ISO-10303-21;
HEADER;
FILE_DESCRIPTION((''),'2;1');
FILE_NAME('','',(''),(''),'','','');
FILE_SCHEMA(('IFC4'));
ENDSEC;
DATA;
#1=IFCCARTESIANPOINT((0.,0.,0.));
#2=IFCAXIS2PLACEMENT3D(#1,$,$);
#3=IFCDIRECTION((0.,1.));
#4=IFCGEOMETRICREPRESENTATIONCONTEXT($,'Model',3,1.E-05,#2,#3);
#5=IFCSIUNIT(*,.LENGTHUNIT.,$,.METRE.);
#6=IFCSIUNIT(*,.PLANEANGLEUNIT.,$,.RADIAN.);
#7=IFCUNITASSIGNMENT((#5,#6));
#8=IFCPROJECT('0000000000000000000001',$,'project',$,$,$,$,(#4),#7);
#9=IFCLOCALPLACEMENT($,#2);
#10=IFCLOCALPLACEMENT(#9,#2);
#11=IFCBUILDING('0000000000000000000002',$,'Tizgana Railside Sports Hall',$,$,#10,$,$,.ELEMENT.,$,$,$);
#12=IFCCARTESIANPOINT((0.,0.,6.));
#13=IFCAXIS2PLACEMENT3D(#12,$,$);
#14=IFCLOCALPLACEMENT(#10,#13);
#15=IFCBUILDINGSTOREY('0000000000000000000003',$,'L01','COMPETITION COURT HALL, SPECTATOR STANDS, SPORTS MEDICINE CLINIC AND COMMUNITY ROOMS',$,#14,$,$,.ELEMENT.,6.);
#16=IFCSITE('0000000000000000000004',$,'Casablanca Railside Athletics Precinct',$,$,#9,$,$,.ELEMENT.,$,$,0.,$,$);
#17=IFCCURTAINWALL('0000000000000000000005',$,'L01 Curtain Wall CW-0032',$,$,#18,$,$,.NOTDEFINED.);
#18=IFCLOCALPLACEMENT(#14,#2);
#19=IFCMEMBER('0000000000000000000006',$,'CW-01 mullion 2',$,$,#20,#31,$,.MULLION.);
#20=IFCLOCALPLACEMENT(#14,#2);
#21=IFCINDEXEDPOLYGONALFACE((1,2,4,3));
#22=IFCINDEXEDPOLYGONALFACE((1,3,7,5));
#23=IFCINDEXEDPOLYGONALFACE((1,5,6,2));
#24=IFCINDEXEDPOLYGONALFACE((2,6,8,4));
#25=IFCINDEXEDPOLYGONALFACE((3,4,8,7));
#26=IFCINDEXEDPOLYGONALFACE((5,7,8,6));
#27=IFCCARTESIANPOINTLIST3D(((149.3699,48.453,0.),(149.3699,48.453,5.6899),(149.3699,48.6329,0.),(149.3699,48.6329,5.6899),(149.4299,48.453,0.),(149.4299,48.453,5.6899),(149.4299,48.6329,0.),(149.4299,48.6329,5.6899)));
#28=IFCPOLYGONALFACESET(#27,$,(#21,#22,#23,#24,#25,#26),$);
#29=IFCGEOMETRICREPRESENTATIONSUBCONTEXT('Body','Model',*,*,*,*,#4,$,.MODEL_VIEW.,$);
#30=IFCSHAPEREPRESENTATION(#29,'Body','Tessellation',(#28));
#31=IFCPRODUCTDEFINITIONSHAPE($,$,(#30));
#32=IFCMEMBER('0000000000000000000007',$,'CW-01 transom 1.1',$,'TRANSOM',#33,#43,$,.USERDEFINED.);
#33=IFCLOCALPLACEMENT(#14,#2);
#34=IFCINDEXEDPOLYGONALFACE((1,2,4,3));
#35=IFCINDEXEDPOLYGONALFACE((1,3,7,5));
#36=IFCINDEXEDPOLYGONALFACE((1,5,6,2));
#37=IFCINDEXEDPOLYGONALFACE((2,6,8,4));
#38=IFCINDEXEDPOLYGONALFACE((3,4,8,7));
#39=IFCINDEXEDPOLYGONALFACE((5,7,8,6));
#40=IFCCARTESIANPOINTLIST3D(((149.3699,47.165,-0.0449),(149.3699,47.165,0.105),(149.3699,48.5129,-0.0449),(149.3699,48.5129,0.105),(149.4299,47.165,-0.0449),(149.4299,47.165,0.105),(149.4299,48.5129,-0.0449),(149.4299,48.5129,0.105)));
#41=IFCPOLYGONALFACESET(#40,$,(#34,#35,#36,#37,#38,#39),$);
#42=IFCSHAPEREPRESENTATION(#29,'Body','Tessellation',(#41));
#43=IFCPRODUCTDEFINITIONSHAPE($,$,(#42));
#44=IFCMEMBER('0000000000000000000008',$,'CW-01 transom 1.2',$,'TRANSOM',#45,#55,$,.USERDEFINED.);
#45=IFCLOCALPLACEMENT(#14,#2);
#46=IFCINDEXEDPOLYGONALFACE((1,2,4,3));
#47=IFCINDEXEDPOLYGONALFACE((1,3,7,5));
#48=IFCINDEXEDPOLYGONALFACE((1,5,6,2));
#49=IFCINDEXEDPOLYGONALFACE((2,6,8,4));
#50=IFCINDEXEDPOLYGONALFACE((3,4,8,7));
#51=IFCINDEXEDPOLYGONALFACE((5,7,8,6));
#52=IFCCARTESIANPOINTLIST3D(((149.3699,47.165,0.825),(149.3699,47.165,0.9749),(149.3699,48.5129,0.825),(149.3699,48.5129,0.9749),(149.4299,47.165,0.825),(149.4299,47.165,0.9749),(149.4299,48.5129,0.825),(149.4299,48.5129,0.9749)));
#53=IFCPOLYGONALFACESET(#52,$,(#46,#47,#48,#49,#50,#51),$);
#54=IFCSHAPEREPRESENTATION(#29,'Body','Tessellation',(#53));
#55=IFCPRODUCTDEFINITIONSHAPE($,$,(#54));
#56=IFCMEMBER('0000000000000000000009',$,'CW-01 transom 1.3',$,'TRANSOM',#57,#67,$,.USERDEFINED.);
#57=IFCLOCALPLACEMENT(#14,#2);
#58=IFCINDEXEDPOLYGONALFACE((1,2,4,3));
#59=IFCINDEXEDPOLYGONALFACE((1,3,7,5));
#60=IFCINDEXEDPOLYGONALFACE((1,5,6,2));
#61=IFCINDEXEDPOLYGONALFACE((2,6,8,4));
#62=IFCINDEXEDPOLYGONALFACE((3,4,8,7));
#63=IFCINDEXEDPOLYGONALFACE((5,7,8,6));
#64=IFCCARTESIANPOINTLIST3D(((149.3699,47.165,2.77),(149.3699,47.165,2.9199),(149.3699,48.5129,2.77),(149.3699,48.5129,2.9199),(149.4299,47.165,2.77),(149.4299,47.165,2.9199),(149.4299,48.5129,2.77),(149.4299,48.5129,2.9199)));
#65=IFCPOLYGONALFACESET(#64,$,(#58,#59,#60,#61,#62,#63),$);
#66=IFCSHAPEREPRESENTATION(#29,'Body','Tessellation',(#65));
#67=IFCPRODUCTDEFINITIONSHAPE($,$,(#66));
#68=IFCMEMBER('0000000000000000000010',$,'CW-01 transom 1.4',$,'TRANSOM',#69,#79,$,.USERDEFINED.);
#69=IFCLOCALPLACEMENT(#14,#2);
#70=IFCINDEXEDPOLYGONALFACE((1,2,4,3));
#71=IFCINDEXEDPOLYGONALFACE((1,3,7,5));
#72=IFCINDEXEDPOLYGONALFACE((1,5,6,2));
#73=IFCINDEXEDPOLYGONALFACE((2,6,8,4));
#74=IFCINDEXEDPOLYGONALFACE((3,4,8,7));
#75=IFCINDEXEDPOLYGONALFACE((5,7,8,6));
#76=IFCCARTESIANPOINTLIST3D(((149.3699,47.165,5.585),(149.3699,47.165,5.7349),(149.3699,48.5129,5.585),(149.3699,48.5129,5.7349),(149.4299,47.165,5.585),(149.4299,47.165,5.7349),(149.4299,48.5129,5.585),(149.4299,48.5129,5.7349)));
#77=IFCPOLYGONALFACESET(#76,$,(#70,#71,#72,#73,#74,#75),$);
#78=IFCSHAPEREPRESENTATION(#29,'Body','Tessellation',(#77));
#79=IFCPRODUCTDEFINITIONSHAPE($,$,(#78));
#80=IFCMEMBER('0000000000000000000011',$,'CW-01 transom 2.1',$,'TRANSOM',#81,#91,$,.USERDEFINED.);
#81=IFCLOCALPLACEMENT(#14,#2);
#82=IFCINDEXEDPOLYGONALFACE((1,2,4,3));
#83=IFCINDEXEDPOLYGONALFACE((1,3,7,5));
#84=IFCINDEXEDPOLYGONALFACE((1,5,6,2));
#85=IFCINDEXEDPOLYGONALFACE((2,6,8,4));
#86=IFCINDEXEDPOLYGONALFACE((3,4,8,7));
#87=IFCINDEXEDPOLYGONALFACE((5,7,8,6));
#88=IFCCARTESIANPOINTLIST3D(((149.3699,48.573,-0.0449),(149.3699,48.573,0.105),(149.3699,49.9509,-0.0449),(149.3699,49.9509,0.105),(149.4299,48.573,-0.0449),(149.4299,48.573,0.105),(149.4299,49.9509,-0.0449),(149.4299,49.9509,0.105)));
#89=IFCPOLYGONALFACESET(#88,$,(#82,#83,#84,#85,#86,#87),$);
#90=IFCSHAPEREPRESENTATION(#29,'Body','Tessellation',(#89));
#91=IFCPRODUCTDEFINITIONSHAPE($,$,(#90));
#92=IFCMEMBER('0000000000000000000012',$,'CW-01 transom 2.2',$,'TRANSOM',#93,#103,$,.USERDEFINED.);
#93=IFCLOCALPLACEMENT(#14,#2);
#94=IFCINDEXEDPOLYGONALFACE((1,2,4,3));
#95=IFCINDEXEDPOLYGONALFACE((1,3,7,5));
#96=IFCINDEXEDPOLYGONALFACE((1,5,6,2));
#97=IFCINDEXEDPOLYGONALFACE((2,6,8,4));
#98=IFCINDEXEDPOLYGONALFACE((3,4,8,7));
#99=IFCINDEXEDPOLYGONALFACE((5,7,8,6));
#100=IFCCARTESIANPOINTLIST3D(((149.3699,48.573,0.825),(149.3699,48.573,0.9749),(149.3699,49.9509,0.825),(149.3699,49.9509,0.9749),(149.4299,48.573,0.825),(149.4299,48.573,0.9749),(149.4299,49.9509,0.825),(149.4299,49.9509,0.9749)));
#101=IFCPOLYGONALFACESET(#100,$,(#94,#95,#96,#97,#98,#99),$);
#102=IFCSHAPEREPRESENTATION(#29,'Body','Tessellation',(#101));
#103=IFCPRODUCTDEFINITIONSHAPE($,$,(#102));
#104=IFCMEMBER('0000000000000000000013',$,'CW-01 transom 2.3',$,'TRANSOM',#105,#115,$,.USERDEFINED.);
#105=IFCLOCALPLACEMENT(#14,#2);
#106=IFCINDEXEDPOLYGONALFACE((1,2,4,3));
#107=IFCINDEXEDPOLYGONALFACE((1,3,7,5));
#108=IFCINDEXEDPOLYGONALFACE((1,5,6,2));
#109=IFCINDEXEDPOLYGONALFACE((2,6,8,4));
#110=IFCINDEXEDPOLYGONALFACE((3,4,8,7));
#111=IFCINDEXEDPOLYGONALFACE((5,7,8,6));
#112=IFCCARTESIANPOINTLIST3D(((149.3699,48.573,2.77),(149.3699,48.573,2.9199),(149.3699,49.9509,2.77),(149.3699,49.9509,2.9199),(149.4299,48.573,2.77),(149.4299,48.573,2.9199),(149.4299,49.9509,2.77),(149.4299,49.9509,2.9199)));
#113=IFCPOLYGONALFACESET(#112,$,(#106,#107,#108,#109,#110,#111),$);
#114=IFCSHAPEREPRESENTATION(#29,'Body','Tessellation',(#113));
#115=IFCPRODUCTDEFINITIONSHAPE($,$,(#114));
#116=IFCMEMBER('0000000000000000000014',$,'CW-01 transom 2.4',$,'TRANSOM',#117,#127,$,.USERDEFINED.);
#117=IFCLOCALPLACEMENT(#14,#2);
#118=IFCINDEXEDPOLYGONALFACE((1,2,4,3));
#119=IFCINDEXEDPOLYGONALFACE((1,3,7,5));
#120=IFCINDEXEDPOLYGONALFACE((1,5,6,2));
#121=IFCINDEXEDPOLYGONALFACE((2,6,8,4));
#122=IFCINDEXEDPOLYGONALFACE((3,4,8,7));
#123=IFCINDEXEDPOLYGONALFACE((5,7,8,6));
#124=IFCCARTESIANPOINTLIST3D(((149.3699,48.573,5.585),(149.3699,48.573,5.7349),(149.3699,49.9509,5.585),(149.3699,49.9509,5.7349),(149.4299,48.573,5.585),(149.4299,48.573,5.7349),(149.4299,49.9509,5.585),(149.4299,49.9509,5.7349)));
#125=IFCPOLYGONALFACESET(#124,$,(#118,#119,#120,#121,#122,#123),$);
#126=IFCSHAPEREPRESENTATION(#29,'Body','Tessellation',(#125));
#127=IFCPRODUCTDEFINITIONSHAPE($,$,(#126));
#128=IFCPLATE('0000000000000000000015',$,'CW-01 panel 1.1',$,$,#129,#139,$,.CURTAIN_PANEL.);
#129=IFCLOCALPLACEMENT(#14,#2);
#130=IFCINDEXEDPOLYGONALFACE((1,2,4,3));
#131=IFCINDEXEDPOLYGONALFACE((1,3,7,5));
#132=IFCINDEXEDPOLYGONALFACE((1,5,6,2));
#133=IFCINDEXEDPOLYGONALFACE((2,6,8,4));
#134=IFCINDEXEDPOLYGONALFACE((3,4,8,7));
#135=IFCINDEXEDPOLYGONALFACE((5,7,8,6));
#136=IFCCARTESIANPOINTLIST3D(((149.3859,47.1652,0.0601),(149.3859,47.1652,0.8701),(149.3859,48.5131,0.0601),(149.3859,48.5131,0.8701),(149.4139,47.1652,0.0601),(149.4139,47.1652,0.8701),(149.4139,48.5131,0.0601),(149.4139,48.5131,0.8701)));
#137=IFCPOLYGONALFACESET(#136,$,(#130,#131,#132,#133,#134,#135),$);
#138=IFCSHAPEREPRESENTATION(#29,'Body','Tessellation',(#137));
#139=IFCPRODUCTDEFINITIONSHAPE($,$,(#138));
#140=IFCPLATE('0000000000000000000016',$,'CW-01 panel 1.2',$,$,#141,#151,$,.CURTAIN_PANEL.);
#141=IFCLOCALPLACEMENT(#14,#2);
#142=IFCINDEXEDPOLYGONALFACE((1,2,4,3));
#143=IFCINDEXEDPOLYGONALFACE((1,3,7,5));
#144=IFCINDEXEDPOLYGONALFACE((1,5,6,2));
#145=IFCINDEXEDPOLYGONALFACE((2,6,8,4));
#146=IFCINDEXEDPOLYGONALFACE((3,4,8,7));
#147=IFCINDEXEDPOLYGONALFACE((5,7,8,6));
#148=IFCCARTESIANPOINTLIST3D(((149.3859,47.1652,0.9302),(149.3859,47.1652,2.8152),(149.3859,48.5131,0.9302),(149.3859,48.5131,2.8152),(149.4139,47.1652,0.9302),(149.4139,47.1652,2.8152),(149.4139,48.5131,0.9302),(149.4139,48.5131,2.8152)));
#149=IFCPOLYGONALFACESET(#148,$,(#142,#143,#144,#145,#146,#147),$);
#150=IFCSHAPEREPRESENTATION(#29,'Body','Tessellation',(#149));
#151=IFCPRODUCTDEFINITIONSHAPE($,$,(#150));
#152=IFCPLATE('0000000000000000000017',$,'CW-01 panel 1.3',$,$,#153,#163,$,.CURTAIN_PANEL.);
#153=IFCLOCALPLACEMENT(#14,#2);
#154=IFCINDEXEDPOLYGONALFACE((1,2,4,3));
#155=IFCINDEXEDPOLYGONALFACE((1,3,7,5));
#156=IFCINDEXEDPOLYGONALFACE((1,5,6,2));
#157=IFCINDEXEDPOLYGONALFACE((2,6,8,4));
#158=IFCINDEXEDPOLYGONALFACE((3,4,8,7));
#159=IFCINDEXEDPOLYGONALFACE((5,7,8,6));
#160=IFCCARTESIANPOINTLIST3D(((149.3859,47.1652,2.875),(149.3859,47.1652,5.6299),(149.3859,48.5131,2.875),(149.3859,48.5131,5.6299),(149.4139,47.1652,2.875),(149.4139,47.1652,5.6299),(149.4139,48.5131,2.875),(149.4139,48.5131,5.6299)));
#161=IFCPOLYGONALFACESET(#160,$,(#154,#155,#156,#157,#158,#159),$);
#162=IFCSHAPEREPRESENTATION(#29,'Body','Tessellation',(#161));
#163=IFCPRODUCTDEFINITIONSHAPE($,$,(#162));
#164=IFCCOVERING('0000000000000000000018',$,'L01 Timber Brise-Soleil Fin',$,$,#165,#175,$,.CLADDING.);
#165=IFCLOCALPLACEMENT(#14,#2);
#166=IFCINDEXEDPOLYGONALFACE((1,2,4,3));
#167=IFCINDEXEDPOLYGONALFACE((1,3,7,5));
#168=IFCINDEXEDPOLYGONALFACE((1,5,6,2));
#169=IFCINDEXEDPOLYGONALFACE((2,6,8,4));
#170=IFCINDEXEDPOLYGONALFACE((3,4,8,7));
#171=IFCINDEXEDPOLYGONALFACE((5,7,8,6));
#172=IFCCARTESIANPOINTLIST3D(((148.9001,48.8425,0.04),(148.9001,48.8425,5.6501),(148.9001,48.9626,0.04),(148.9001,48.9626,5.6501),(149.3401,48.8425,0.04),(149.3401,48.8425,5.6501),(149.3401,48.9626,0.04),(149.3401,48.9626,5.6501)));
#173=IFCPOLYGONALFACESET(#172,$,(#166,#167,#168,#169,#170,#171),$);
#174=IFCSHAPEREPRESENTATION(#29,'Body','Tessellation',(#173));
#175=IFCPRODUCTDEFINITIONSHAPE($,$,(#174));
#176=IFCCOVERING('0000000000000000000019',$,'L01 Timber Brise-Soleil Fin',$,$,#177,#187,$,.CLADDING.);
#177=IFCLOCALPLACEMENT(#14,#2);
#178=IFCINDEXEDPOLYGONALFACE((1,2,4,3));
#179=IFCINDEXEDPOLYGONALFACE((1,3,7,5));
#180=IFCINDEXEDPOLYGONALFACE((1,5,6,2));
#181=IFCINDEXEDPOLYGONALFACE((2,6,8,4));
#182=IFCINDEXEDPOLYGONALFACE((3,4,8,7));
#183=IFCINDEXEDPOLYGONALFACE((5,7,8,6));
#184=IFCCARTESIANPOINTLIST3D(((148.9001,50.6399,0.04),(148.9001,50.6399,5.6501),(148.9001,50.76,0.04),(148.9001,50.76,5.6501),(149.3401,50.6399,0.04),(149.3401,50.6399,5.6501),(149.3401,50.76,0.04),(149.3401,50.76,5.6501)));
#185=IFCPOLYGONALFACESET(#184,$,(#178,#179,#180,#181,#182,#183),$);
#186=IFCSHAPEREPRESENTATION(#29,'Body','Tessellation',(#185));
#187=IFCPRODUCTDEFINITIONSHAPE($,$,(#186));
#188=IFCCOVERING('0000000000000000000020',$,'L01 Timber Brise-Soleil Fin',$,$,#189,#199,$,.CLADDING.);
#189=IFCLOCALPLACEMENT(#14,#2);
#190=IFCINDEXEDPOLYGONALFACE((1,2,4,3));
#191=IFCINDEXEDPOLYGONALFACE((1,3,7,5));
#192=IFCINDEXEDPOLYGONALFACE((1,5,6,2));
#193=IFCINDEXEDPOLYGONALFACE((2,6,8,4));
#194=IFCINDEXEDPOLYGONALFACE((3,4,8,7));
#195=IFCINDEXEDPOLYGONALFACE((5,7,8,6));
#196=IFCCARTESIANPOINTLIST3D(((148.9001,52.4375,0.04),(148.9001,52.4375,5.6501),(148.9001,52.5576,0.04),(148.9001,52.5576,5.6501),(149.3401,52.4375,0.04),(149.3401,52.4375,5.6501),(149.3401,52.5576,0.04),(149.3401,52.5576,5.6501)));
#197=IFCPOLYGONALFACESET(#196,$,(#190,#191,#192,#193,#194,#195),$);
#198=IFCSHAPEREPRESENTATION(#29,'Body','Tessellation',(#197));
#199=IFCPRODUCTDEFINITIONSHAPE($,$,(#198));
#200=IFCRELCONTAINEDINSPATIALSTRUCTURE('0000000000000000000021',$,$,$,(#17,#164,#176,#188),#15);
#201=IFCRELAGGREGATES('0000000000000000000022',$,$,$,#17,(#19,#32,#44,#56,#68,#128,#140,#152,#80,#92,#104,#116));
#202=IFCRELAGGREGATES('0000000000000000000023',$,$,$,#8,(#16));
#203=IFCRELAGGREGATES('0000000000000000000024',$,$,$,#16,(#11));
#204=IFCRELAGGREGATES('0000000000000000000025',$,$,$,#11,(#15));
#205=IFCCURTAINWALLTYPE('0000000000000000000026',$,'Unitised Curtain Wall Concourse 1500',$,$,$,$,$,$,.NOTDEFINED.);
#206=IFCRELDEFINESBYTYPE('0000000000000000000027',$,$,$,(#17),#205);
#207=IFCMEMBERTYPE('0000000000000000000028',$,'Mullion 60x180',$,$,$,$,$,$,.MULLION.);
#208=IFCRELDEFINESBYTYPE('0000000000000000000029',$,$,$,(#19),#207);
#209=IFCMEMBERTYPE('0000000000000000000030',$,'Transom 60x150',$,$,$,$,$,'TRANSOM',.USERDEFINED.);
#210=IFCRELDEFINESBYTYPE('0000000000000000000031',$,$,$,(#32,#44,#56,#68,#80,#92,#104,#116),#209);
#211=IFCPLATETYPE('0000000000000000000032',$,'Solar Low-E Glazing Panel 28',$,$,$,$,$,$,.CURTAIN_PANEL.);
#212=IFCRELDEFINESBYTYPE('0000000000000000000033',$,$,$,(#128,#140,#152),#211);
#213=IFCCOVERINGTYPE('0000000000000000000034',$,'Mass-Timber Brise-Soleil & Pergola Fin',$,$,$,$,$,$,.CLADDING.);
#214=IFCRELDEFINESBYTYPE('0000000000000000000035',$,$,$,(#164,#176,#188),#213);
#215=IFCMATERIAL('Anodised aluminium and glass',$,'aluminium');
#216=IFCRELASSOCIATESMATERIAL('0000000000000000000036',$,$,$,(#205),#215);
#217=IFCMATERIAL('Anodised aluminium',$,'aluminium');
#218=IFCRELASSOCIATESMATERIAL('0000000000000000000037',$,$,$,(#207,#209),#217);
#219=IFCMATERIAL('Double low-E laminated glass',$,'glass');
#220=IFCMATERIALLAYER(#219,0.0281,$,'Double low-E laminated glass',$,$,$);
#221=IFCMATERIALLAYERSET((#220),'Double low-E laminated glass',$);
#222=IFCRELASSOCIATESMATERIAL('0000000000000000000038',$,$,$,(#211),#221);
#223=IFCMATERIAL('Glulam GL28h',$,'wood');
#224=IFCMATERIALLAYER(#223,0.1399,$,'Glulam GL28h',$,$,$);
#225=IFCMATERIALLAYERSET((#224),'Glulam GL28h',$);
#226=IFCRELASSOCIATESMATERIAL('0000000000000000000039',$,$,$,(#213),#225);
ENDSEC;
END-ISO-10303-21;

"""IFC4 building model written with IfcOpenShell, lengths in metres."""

from ifc_helpers import new_model, si_unit, direction, frame, origin, origin_2d, place, context, subcontext, project, spatial, rectangle, extrude, material, layer, layer_set, material_profile, profile_set, type_object, element, aggregate, save


model = new_model("IFC4")

# Units and contexts
model_context = context("Model", 3, precision=1e-05, world=origin(), true_north=direction((0.0, 1.0)))
body_context = subcontext(model_context, "Body", "Model", "MODEL_VIEW")
ifc_project = project(units=[si_unit("LENGTHUNIT", "METRE"), si_unit("PLANEANGLEUNIT", "RADIAN")], contexts=[model_context])

# Site, building, storey
site_placement = place(None, origin())
site = spatial("IfcSite", under=ifc_project, at=site_placement, Name="Casablanca Railside Athletics Precinct", CompositionType="ELEMENT", RefElevation=0.0)
building_placement = place(site_placement, origin())
building = spatial("IfcBuilding", under=site, at=building_placement, Name="Tizgana Railside Sports Hall", CompositionType="ELEMENT")
storey_placement = place(building_placement, frame((0.0, 0.0, 6.0)))
storey = spatial("IfcBuildingStorey", under=building, at=storey_placement, Name="L01", Description="COMPETITION COURT HALL, SPECTATOR STANDS, SPORTS MEDICINE CLINIC AND COMMUNITY ROOMS", CompositionType="ELEMENT", Elevation=6.0)

# Curtain wall, members, plates
ifc_material_1 = material(Name="Anodised aluminium and glass", Category="aluminium")
curtain_wall_type = type_object("IfcCurtainWallType", Name="Unitised Curtain Wall Concourse 1500", PredefinedType="NOTDEFINED", material=ifc_material_1)
curtain_wall_placement = place(storey_placement, origin())
curtain_wall = element("IfcCurtainWall", 1, at=curtain_wall_placement, inside=storey, type_object=curtain_wall_type, Name="L01 Curtain Wall CW-0032", PredefinedType="NOTDEFINED")
ifc_material_2 = material(Name="Anodised aluminium", Category="aluminium")
ifc_material_profile_1 = material_profile(ifc_material_2, rectangle(XDim=0.0601, YDim=0.1799, at=origin_2d()), Name="Mullion 60x180")
ifc_profile_set_1 = profile_set([ifc_material_profile_1], Name="Anodised aluminium")
member_type_1 = type_object("IfcMemberType", Name="Mullion 60x180", PredefinedType="MULLION", material=ifc_profile_set_1)
member_1_placement = place(storey_placement, frame((149.3999, 48.543, 0.0), z_axis=(0.0, 0.0, 1.0), x_axis=(-1.0, 0.0, 0.0)))
member_1 = element("IfcMember", 2, at=member_1_placement, type_object=member_type_1, Name="CW-01 mullion 2", PredefinedType="MULLION", context=body_context, shape_type="SweptSolid", body=[
    extrude(rectangle(XDim=0.0601, YDim=0.1799, at=origin_2d()), origin(), (0.0, 0.0, 1.0), 5.6899),
])
ifc_material_profile_2 = material_profile(ifc_material_2, rectangle(XDim=0.0601, YDim=0.1499, at=origin_2d()), Name="Transom 60x150")
ifc_profile_set_2 = profile_set([ifc_material_profile_2], Name="Anodised aluminium")
member_type_2 = type_object("IfcMemberType", Name="Transom 60x150", ElementType="TRANSOM", PredefinedType="USERDEFINED", material=ifc_profile_set_2)
member_2_placement = place(storey_placement, frame((149.3999, 47.165, 0.03), z_axis=(0.0, 1.0, 0.0), x_axis=(-1.0, 0.0, 0.0)))
member_2 = element("IfcMember", 3, at=member_2_placement, type_object=member_type_2, Name="CW-01 transom 1.1", ObjectType="TRANSOM", PredefinedType="USERDEFINED", context=body_context, shape_type="SweptSolid", body=[
    extrude(rectangle(XDim=0.0601, YDim=0.1499, at=origin_2d()), origin(), (0.0, 0.0, 1.0), 1.3479),
])
member_3_placement = place(storey_placement, frame((149.3999, 47.165, 0.8999), z_axis=(0.0, 1.0, 0.0), x_axis=(-1.0, 0.0, 0.0)))
member_3 = element("IfcMember", 4, at=member_3_placement, type_object=member_type_2, Name="CW-01 transom 1.2", ObjectType="TRANSOM", PredefinedType="USERDEFINED", context=body_context, shape_type="SweptSolid", body=[
    extrude(rectangle(XDim=0.0601, YDim=0.1499, at=origin_2d()), origin(), (0.0, 0.0, 1.0), 1.3479),
])
member_4_placement = place(storey_placement, frame((149.3999, 47.165, 2.845), z_axis=(0.0, 1.0, 0.0), x_axis=(-1.0, 0.0, 0.0)))
member_4 = element("IfcMember", 5, at=member_4_placement, type_object=member_type_2, Name="CW-01 transom 1.3", ObjectType="TRANSOM", PredefinedType="USERDEFINED", context=body_context, shape_type="SweptSolid", body=[
    extrude(rectangle(XDim=0.0601, YDim=0.1499, at=origin_2d()), origin(), (0.0, 0.0, 1.0), 1.3479),
])
member_5_placement = place(storey_placement, frame((149.3999, 47.165, 5.6599), z_axis=(0.0, 1.0, 0.0), x_axis=(-1.0, 0.0, 0.0)))
member_5 = element("IfcMember", 6, at=member_5_placement, type_object=member_type_2, Name="CW-01 transom 1.4", ObjectType="TRANSOM", PredefinedType="USERDEFINED", context=body_context, shape_type="SweptSolid", body=[
    extrude(rectangle(XDim=0.0601, YDim=0.1499, at=origin_2d()), origin(), (0.0, 0.0, 1.0), 1.3479),
])
member_6_placement = place(storey_placement, frame((149.3999, 48.573, 0.03), z_axis=(0.0, 1.0, 0.0), x_axis=(-1.0, 0.0, 0.0)))
member_6 = element("IfcMember", 7, at=member_6_placement, type_object=member_type_2, Name="CW-01 transom 2.1", ObjectType="TRANSOM", PredefinedType="USERDEFINED", context=body_context, shape_type="SweptSolid", body=[
    extrude(rectangle(XDim=0.0601, YDim=0.1499, at=origin_2d()), origin(), (0.0, 0.0, 1.0), 1.3779),
])
member_7_placement = place(storey_placement, frame((149.3999, 48.573, 0.8999), z_axis=(0.0, 1.0, 0.0), x_axis=(-1.0, 0.0, 0.0)))
member_7 = element("IfcMember", 8, at=member_7_placement, type_object=member_type_2, Name="CW-01 transom 2.2", ObjectType="TRANSOM", PredefinedType="USERDEFINED", context=body_context, shape_type="SweptSolid", body=[
    extrude(rectangle(XDim=0.0601, YDim=0.1499, at=origin_2d()), origin(), (0.0, 0.0, 1.0), 1.3779),
])
member_8_placement = place(storey_placement, frame((149.3999, 48.573, 2.845), z_axis=(0.0, 1.0, 0.0), x_axis=(-1.0, 0.0, 0.0)))
member_8 = element("IfcMember", 9, at=member_8_placement, type_object=member_type_2, Name="CW-01 transom 2.3", ObjectType="TRANSOM", PredefinedType="USERDEFINED", context=body_context, shape_type="SweptSolid", body=[
    extrude(rectangle(XDim=0.0601, YDim=0.1499, at=origin_2d()), origin(), (0.0, 0.0, 1.0), 1.3779),
])
member_9_placement = place(storey_placement, frame((149.3999, 48.573, 5.6599), z_axis=(0.0, 1.0, 0.0), x_axis=(-1.0, 0.0, 0.0)))
member_9 = element("IfcMember", 10, at=member_9_placement, type_object=member_type_2, Name="CW-01 transom 2.4", ObjectType="TRANSOM", PredefinedType="USERDEFINED", context=body_context, shape_type="SweptSolid", body=[
    extrude(rectangle(XDim=0.0601, YDim=0.1499, at=origin_2d()), origin(), (0.0, 0.0, 1.0), 1.3779),
])
ifc_material_3 = material(Name="Double low-E laminated glass", Category="glass")
ifc_layer_1 = layer(ifc_material_3, 0.0281, Name="Double low-E laminated glass")
ifc_layer_set_1 = layer_set([ifc_layer_1], Name="Double low-E laminated glass")
plate_type = type_object("IfcPlateType", Name="Solar Low-E Glazing Panel 28", PredefinedType="CURTAIN_PANEL", material=ifc_layer_set_1)
plate_1_placement = place(storey_placement, frame((149.3999, 47.8391, 0.0601), z_axis=(0.0, 0.0, 1.0), x_axis=(0.0, 1.0, 0.0)))
plate_1 = element("IfcPlate", 11, at=plate_1_placement, type_object=plate_type, Name="CW-01 panel 1.1", PredefinedType="CURTAIN_PANEL", context=body_context, shape_type="SweptSolid", body=[
    extrude(rectangle(XDim=1.3479, YDim=0.0281, at=origin_2d()), origin(), (0.0, 0.0, 1.0), 0.8101),
])
plate_2_placement = place(storey_placement, frame((149.3999, 47.8391, 0.9302), z_axis=(0.0, 0.0, 1.0), x_axis=(0.0, 1.0, 0.0)))
plate_2 = element("IfcPlate", 12, at=plate_2_placement, type_object=plate_type, Name="CW-01 panel 1.2", PredefinedType="CURTAIN_PANEL", context=body_context, shape_type="SweptSolid", body=[
    extrude(rectangle(XDim=1.3479, YDim=0.0281, at=origin_2d()), origin(), (0.0, 0.0, 1.0), 1.885),
])
plate_3_placement = place(storey_placement, frame((149.3999, 47.8391, 2.875), z_axis=(0.0, 0.0, 1.0), x_axis=(0.0, 1.0, 0.0)))
plate_3 = element("IfcPlate", 13, at=plate_3_placement, type_object=plate_type, Name="CW-01 panel 1.3", PredefinedType="CURTAIN_PANEL", context=body_context, shape_type="SweptSolid", body=[
    extrude(rectangle(XDim=1.3479, YDim=0.0281, at=origin_2d()), origin(), (0.0, 0.0, 1.0), 2.7549),
])
aggregate(curtain_wall, [member_1, member_2, member_3, member_4, member_5, plate_1, plate_2, plate_3, member_6, member_7, member_8, member_9])

# Coverings
ifc_material_4 = material(Name="Glulam GL28h", Category="wood")
ifc_layer_2 = layer(ifc_material_4, 0.1399, Name="Glulam GL28h")
ifc_layer_set_2 = layer_set([ifc_layer_2], Name="Glulam GL28h")
covering_type = type_object("IfcCoveringType", Name="Mass-Timber Brise-Soleil & Pergola Fin", PredefinedType="CLADDING", material=ifc_layer_set_2)
for number, where, z_axis, x_axis, name in (
    (14, (149.1201, 48.9026, 0.04), (0.0, 0.0, 1.0), (0.0, 1.0, 0.0), "L01 Timber Brise-Soleil Fin"),
    (15, (149.1201, 50.7, 0.04), (0.0, 0.0, 1.0), (0.0, 1.0, 0.0), "L01 Timber Brise-Soleil Fin"),
    (16, (149.1201, 52.4976, 0.04), (0.0, 0.0, 1.0), (0.0, 1.0, 0.0), "L01 Timber Brise-Soleil Fin"),
):
    element("IfcCovering", number, at=place(storey_placement, frame(where, z_axis=z_axis, x_axis=x_axis)), inside=storey, type_object=covering_type, Name=name, PredefinedType="CLADDING", context=body_context, shape_type="SweptSolid", body=[
        extrude(rectangle(XDim=0.1201, YDim=0.4399, at=origin_2d()), origin(), (0.0, 0.0, 1.0), 5.6101),
    ])

save(model, "model.ifc")
